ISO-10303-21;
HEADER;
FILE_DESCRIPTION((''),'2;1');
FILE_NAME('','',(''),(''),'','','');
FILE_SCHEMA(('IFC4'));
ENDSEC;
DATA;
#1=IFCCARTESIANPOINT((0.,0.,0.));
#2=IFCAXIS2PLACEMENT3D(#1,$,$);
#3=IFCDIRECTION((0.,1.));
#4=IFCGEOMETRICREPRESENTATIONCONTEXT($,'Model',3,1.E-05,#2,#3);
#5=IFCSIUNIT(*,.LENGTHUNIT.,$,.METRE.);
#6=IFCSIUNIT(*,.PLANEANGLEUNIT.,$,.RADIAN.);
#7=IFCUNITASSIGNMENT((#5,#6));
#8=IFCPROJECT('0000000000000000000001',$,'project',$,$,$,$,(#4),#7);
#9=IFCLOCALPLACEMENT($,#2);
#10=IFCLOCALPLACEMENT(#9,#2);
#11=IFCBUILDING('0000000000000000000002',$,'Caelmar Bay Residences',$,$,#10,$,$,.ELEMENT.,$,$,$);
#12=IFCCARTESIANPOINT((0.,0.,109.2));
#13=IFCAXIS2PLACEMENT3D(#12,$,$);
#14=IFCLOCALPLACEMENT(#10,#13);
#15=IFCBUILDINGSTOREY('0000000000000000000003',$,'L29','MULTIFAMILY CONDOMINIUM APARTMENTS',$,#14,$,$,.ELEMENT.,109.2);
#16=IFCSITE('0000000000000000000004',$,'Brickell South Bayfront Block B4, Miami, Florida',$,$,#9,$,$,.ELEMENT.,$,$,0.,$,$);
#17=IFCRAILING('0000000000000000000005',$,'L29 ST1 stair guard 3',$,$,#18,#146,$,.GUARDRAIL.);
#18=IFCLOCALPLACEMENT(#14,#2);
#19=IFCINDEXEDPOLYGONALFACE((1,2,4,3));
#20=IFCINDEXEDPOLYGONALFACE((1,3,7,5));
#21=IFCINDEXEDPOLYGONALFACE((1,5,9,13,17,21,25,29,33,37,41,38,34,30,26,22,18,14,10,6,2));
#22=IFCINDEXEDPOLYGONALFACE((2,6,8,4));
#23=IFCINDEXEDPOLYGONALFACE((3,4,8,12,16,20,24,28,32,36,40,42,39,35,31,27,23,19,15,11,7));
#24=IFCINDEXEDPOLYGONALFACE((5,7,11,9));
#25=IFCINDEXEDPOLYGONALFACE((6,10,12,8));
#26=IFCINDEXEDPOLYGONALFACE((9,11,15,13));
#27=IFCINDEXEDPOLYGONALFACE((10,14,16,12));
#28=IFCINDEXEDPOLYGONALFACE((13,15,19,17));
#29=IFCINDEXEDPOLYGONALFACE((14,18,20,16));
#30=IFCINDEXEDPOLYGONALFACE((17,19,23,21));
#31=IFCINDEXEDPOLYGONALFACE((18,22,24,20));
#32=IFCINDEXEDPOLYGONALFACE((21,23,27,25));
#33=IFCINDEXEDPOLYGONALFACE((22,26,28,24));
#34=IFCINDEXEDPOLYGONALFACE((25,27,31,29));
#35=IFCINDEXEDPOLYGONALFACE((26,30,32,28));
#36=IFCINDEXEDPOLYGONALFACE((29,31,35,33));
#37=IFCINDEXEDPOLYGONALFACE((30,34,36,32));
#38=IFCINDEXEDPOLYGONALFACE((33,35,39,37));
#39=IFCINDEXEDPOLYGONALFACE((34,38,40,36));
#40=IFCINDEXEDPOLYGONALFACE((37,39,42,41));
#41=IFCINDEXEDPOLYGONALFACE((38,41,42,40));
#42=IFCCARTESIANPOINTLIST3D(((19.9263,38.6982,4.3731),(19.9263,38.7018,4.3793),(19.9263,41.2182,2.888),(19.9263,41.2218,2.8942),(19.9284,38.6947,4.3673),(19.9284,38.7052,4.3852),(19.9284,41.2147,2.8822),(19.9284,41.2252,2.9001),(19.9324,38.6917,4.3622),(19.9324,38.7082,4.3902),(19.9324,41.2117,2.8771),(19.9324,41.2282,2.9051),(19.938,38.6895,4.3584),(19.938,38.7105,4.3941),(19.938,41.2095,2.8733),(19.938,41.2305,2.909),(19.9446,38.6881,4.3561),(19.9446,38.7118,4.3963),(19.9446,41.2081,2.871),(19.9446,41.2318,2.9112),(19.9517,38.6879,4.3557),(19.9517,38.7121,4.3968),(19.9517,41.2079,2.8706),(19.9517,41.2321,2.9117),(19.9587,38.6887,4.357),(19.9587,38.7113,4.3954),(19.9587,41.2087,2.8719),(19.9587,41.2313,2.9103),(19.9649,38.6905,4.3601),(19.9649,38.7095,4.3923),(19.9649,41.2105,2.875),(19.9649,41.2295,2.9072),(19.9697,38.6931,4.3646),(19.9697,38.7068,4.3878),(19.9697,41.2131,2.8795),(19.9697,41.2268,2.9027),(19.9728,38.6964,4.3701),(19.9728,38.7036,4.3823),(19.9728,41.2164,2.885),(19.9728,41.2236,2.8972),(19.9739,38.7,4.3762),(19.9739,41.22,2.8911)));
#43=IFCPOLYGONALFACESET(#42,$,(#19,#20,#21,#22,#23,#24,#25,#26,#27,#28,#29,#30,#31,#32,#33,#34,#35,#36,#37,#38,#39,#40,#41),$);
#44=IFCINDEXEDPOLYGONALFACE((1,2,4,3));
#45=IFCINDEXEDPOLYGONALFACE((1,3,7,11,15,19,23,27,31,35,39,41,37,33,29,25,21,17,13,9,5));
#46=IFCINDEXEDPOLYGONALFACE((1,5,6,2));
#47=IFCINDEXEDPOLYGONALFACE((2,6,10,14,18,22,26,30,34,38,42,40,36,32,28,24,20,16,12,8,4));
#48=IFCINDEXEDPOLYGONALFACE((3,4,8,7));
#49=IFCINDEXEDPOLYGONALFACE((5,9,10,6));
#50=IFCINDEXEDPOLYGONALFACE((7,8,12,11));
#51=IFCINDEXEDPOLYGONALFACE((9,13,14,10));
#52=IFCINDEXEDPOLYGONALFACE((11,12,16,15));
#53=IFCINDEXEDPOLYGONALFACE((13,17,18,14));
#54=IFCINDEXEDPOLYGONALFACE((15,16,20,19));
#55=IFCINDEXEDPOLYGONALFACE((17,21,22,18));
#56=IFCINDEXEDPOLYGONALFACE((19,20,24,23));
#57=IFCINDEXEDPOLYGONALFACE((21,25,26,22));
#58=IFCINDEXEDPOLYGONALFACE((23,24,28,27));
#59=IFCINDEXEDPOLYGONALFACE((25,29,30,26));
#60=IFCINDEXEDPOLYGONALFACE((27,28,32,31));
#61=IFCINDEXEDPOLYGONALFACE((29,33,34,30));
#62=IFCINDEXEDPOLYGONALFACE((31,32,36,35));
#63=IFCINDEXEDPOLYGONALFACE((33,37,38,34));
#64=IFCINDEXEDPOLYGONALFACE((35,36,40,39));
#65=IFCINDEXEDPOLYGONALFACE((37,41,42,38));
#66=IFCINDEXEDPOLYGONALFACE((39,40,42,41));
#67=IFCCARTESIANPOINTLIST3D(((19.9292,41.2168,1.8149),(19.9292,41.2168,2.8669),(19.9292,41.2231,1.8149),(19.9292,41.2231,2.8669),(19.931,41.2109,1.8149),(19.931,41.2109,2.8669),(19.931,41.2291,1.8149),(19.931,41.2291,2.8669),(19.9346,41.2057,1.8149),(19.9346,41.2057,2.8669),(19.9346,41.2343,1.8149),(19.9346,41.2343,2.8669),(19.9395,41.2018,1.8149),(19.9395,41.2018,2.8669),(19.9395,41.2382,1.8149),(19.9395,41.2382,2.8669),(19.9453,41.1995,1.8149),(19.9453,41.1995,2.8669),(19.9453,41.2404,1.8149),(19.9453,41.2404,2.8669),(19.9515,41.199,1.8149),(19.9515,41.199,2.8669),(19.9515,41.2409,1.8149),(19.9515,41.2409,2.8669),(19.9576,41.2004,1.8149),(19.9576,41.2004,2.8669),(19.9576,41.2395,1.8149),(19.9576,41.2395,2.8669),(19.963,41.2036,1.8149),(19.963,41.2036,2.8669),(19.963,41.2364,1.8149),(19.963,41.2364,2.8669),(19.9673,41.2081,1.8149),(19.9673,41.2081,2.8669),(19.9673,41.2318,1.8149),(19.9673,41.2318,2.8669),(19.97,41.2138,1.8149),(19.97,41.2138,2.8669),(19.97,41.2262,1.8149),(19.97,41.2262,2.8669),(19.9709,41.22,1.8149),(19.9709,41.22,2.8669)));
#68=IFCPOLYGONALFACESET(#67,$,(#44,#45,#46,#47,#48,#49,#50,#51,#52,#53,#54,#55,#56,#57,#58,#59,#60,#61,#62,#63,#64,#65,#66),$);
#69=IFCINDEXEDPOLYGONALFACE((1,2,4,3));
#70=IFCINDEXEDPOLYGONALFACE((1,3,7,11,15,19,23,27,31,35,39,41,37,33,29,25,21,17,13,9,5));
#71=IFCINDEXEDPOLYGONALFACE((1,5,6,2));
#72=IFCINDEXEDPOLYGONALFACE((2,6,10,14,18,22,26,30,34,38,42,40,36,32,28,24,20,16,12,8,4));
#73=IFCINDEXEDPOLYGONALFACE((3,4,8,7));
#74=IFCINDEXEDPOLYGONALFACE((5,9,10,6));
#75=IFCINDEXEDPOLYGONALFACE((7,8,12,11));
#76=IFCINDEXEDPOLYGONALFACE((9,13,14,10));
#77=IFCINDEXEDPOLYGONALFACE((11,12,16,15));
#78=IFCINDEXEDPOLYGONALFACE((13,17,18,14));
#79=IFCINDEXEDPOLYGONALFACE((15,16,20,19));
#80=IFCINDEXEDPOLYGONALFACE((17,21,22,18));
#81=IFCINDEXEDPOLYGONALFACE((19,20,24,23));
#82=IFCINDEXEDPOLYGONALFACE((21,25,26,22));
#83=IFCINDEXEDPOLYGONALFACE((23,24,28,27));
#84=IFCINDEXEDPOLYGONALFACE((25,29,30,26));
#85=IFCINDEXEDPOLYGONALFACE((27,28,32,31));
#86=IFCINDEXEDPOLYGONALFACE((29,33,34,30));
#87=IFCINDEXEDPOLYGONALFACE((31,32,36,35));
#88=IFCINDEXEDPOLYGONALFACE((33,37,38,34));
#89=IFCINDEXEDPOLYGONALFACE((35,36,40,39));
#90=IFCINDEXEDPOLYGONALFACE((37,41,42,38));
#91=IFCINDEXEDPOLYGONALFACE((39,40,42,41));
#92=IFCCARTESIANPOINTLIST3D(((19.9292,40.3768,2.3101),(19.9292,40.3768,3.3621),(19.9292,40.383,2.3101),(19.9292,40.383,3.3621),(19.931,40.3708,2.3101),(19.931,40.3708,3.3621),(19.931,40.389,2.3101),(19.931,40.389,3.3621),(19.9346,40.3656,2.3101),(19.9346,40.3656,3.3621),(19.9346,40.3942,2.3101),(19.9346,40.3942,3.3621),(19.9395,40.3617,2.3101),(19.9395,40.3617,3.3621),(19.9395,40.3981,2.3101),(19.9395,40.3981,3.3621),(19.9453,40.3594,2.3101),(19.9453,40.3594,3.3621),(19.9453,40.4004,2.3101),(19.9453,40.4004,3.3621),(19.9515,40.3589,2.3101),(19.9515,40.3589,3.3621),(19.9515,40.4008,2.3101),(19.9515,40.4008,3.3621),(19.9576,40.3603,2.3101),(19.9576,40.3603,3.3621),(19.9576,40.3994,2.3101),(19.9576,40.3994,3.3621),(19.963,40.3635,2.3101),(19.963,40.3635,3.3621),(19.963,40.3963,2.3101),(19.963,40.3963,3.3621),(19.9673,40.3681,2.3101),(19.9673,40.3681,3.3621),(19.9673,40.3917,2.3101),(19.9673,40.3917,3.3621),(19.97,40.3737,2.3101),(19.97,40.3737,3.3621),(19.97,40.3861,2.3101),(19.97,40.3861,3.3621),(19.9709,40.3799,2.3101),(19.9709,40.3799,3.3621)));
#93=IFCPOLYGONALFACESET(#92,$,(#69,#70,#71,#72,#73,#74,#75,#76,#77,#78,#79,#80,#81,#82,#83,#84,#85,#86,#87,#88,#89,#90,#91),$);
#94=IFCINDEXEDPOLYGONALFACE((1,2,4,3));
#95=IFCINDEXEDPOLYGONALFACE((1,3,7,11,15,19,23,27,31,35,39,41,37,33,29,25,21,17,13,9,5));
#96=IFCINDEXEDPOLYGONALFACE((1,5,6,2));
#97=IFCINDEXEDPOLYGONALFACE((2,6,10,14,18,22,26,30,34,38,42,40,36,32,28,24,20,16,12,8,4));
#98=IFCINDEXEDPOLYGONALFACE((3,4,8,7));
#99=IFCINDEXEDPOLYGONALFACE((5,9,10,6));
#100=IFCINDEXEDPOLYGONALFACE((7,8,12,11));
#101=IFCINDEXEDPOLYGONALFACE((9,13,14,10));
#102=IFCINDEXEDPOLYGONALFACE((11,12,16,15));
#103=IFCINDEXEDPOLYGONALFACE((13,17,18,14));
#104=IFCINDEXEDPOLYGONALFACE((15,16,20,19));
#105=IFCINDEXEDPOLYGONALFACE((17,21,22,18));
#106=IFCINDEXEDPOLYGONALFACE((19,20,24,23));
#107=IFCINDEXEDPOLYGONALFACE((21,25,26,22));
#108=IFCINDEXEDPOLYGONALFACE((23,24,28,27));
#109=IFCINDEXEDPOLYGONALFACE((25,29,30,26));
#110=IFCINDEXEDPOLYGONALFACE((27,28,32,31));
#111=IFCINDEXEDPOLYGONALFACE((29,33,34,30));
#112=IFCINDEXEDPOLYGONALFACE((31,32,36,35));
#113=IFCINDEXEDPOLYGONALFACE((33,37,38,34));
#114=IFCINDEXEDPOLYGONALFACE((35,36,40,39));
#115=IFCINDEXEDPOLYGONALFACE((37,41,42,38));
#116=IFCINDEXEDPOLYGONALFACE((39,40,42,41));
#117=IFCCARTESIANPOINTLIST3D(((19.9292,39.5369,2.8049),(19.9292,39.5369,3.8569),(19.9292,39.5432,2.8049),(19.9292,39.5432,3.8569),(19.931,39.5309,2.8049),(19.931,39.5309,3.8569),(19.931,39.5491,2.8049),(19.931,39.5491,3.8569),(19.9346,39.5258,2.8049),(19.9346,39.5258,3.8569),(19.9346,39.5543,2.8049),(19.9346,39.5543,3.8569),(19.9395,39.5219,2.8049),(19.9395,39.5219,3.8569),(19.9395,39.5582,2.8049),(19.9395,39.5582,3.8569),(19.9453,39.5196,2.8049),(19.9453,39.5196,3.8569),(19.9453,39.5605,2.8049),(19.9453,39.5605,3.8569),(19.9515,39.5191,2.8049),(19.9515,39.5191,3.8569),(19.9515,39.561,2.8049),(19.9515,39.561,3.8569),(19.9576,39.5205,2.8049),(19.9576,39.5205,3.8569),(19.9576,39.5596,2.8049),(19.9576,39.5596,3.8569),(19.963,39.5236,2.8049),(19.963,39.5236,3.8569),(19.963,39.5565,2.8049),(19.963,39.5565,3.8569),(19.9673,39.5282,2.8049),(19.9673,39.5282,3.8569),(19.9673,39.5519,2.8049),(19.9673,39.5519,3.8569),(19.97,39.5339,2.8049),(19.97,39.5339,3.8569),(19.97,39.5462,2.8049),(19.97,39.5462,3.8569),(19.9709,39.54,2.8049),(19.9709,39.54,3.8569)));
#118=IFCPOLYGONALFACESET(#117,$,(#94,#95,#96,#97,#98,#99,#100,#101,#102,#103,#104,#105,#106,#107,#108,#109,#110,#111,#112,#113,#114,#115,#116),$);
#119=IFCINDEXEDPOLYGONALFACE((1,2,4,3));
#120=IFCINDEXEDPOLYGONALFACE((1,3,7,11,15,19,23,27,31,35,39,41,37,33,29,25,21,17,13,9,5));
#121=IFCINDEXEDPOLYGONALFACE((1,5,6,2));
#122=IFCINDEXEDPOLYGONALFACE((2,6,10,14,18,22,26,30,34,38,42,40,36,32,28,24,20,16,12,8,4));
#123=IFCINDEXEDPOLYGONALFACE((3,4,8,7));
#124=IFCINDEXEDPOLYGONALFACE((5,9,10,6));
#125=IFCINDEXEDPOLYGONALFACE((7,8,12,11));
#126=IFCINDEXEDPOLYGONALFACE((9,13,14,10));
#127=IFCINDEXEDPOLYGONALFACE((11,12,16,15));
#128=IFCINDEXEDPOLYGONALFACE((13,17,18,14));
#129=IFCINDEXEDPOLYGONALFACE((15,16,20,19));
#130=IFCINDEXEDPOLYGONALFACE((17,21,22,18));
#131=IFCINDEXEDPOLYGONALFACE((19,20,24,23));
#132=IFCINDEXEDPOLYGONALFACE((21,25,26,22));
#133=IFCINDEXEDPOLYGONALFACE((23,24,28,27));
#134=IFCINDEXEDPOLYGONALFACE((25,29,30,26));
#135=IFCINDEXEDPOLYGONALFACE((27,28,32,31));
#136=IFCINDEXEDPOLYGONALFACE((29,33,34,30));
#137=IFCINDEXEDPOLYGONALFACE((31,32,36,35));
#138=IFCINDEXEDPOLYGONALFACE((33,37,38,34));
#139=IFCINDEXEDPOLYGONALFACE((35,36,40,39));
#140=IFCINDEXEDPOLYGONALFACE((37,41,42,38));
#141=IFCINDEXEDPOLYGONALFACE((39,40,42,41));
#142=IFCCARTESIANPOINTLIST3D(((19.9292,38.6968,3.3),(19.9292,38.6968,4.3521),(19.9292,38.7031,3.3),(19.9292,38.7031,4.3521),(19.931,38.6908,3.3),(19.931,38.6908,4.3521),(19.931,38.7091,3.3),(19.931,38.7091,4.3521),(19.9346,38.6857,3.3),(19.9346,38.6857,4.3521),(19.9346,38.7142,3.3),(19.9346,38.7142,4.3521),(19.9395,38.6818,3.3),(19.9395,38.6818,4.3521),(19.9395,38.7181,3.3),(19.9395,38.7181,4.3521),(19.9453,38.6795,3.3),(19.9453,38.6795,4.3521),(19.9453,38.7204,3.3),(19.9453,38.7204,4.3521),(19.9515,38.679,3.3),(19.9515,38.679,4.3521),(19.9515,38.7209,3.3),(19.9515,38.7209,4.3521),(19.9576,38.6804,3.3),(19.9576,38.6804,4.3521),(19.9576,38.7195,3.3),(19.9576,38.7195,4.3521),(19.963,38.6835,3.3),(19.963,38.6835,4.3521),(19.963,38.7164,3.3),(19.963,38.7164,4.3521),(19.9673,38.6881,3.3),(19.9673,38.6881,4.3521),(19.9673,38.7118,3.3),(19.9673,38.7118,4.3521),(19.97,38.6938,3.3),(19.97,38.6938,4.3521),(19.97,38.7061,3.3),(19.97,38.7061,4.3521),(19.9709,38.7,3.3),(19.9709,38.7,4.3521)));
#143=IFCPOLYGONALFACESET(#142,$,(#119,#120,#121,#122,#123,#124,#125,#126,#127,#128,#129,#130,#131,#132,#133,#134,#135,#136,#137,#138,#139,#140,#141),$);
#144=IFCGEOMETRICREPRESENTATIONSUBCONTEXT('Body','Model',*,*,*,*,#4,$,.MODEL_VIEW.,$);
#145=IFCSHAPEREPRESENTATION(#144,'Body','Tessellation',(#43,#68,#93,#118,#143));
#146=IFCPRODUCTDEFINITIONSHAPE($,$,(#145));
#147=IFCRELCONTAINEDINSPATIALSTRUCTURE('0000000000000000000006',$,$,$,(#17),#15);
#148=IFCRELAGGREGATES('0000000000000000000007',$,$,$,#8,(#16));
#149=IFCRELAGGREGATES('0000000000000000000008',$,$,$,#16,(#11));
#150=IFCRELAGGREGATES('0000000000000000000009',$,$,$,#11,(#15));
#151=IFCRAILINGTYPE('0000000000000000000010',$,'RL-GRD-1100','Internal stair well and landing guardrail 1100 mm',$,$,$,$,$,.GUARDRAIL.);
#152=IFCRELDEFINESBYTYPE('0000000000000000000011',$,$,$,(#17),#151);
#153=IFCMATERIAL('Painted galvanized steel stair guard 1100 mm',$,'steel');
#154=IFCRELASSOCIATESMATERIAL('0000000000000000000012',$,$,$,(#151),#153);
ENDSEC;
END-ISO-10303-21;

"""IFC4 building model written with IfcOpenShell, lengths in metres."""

from ifc_helpers import new_model, si_unit, direction, frame, origin, origin_2d, place, context, subcontext, project, spatial, circle, extrude, material, type_object, element, save


model = new_model("IFC4")

# Units and contexts
model_context = context("Model", 3, precision=1e-05, world=origin(), true_north=direction((0.0, 1.0)))
body_context = subcontext(model_context, "Body", "Model", "MODEL_VIEW")
ifc_project = project(units=[si_unit("LENGTHUNIT", "METRE"), si_unit("PLANEANGLEUNIT", "RADIAN")], contexts=[model_context])

# Site, building, storey
site_placement = place(None, origin())
site = spatial("IfcSite", under=ifc_project, at=site_placement, Name="Brickell South Bayfront Block B4, Miami, Florida", CompositionType="ELEMENT", RefElevation=0.0)
building_placement = place(site_placement, origin())
building = spatial("IfcBuilding", under=site, at=building_placement, Name="Caelmar Bay Residences", CompositionType="ELEMENT")
storey_placement = place(building_placement, frame((0.0, 0.0, 109.2)))
storey = spatial("IfcBuildingStorey", under=building, at=storey_placement, Name="L29", Description="MULTIFAMILY CONDOMINIUM APARTMENTS", CompositionType="ELEMENT", Elevation=109.2)

# Railing
ifc_material_1 = material(Name="Painted galvanized steel stair guard 1100 mm", Category="steel")
railing_type = type_object("IfcRailingType", Name="RL-GRD-1100", Description="Internal stair well and landing guardrail 1100 mm", PredefinedType="GUARDRAIL", material=ifc_material_1)
railing_1_placement = place(storey_placement, frame((19.95, 41.22, 1.8149)))
element("IfcRailing", 1, at=railing_1_placement, inside=storey, type_object=railing_type, Name="L29 ST1 stair guard 3", PredefinedType="GUARDRAIL", context=body_context, shape_type="SweptSolid", body=[
    extrude(circle(Radius=0.0239, at=origin_2d()), frame((0.0, 0.0, 1.0762), z_axis=(0.0, -0.861524, 0.507717), x_axis=(1.0, 0.0, 0.0)), (0.0, 0.0, 1.0), 2.925),
    extrude(circle(Radius=0.021, at=origin_2d()), origin(), (0.0, 0.0, 1.0), 1.052),
    extrude(circle(Radius=0.021, at=origin_2d()), frame((0.0, -0.8401, 0.4951)), (0.0, 0.0, 1.0), 1.052),
    extrude(circle(Radius=0.021, at=origin_2d()), frame((0.0, -1.6799, 0.99)), (0.0, 0.0, 1.0), 1.052),
    extrude(circle(Radius=0.021, at=origin_2d()), frame((0.0, -2.52, 1.4851)), (0.0, 0.0, 1.0), 1.052),
])

save(model, "model.ifc")
